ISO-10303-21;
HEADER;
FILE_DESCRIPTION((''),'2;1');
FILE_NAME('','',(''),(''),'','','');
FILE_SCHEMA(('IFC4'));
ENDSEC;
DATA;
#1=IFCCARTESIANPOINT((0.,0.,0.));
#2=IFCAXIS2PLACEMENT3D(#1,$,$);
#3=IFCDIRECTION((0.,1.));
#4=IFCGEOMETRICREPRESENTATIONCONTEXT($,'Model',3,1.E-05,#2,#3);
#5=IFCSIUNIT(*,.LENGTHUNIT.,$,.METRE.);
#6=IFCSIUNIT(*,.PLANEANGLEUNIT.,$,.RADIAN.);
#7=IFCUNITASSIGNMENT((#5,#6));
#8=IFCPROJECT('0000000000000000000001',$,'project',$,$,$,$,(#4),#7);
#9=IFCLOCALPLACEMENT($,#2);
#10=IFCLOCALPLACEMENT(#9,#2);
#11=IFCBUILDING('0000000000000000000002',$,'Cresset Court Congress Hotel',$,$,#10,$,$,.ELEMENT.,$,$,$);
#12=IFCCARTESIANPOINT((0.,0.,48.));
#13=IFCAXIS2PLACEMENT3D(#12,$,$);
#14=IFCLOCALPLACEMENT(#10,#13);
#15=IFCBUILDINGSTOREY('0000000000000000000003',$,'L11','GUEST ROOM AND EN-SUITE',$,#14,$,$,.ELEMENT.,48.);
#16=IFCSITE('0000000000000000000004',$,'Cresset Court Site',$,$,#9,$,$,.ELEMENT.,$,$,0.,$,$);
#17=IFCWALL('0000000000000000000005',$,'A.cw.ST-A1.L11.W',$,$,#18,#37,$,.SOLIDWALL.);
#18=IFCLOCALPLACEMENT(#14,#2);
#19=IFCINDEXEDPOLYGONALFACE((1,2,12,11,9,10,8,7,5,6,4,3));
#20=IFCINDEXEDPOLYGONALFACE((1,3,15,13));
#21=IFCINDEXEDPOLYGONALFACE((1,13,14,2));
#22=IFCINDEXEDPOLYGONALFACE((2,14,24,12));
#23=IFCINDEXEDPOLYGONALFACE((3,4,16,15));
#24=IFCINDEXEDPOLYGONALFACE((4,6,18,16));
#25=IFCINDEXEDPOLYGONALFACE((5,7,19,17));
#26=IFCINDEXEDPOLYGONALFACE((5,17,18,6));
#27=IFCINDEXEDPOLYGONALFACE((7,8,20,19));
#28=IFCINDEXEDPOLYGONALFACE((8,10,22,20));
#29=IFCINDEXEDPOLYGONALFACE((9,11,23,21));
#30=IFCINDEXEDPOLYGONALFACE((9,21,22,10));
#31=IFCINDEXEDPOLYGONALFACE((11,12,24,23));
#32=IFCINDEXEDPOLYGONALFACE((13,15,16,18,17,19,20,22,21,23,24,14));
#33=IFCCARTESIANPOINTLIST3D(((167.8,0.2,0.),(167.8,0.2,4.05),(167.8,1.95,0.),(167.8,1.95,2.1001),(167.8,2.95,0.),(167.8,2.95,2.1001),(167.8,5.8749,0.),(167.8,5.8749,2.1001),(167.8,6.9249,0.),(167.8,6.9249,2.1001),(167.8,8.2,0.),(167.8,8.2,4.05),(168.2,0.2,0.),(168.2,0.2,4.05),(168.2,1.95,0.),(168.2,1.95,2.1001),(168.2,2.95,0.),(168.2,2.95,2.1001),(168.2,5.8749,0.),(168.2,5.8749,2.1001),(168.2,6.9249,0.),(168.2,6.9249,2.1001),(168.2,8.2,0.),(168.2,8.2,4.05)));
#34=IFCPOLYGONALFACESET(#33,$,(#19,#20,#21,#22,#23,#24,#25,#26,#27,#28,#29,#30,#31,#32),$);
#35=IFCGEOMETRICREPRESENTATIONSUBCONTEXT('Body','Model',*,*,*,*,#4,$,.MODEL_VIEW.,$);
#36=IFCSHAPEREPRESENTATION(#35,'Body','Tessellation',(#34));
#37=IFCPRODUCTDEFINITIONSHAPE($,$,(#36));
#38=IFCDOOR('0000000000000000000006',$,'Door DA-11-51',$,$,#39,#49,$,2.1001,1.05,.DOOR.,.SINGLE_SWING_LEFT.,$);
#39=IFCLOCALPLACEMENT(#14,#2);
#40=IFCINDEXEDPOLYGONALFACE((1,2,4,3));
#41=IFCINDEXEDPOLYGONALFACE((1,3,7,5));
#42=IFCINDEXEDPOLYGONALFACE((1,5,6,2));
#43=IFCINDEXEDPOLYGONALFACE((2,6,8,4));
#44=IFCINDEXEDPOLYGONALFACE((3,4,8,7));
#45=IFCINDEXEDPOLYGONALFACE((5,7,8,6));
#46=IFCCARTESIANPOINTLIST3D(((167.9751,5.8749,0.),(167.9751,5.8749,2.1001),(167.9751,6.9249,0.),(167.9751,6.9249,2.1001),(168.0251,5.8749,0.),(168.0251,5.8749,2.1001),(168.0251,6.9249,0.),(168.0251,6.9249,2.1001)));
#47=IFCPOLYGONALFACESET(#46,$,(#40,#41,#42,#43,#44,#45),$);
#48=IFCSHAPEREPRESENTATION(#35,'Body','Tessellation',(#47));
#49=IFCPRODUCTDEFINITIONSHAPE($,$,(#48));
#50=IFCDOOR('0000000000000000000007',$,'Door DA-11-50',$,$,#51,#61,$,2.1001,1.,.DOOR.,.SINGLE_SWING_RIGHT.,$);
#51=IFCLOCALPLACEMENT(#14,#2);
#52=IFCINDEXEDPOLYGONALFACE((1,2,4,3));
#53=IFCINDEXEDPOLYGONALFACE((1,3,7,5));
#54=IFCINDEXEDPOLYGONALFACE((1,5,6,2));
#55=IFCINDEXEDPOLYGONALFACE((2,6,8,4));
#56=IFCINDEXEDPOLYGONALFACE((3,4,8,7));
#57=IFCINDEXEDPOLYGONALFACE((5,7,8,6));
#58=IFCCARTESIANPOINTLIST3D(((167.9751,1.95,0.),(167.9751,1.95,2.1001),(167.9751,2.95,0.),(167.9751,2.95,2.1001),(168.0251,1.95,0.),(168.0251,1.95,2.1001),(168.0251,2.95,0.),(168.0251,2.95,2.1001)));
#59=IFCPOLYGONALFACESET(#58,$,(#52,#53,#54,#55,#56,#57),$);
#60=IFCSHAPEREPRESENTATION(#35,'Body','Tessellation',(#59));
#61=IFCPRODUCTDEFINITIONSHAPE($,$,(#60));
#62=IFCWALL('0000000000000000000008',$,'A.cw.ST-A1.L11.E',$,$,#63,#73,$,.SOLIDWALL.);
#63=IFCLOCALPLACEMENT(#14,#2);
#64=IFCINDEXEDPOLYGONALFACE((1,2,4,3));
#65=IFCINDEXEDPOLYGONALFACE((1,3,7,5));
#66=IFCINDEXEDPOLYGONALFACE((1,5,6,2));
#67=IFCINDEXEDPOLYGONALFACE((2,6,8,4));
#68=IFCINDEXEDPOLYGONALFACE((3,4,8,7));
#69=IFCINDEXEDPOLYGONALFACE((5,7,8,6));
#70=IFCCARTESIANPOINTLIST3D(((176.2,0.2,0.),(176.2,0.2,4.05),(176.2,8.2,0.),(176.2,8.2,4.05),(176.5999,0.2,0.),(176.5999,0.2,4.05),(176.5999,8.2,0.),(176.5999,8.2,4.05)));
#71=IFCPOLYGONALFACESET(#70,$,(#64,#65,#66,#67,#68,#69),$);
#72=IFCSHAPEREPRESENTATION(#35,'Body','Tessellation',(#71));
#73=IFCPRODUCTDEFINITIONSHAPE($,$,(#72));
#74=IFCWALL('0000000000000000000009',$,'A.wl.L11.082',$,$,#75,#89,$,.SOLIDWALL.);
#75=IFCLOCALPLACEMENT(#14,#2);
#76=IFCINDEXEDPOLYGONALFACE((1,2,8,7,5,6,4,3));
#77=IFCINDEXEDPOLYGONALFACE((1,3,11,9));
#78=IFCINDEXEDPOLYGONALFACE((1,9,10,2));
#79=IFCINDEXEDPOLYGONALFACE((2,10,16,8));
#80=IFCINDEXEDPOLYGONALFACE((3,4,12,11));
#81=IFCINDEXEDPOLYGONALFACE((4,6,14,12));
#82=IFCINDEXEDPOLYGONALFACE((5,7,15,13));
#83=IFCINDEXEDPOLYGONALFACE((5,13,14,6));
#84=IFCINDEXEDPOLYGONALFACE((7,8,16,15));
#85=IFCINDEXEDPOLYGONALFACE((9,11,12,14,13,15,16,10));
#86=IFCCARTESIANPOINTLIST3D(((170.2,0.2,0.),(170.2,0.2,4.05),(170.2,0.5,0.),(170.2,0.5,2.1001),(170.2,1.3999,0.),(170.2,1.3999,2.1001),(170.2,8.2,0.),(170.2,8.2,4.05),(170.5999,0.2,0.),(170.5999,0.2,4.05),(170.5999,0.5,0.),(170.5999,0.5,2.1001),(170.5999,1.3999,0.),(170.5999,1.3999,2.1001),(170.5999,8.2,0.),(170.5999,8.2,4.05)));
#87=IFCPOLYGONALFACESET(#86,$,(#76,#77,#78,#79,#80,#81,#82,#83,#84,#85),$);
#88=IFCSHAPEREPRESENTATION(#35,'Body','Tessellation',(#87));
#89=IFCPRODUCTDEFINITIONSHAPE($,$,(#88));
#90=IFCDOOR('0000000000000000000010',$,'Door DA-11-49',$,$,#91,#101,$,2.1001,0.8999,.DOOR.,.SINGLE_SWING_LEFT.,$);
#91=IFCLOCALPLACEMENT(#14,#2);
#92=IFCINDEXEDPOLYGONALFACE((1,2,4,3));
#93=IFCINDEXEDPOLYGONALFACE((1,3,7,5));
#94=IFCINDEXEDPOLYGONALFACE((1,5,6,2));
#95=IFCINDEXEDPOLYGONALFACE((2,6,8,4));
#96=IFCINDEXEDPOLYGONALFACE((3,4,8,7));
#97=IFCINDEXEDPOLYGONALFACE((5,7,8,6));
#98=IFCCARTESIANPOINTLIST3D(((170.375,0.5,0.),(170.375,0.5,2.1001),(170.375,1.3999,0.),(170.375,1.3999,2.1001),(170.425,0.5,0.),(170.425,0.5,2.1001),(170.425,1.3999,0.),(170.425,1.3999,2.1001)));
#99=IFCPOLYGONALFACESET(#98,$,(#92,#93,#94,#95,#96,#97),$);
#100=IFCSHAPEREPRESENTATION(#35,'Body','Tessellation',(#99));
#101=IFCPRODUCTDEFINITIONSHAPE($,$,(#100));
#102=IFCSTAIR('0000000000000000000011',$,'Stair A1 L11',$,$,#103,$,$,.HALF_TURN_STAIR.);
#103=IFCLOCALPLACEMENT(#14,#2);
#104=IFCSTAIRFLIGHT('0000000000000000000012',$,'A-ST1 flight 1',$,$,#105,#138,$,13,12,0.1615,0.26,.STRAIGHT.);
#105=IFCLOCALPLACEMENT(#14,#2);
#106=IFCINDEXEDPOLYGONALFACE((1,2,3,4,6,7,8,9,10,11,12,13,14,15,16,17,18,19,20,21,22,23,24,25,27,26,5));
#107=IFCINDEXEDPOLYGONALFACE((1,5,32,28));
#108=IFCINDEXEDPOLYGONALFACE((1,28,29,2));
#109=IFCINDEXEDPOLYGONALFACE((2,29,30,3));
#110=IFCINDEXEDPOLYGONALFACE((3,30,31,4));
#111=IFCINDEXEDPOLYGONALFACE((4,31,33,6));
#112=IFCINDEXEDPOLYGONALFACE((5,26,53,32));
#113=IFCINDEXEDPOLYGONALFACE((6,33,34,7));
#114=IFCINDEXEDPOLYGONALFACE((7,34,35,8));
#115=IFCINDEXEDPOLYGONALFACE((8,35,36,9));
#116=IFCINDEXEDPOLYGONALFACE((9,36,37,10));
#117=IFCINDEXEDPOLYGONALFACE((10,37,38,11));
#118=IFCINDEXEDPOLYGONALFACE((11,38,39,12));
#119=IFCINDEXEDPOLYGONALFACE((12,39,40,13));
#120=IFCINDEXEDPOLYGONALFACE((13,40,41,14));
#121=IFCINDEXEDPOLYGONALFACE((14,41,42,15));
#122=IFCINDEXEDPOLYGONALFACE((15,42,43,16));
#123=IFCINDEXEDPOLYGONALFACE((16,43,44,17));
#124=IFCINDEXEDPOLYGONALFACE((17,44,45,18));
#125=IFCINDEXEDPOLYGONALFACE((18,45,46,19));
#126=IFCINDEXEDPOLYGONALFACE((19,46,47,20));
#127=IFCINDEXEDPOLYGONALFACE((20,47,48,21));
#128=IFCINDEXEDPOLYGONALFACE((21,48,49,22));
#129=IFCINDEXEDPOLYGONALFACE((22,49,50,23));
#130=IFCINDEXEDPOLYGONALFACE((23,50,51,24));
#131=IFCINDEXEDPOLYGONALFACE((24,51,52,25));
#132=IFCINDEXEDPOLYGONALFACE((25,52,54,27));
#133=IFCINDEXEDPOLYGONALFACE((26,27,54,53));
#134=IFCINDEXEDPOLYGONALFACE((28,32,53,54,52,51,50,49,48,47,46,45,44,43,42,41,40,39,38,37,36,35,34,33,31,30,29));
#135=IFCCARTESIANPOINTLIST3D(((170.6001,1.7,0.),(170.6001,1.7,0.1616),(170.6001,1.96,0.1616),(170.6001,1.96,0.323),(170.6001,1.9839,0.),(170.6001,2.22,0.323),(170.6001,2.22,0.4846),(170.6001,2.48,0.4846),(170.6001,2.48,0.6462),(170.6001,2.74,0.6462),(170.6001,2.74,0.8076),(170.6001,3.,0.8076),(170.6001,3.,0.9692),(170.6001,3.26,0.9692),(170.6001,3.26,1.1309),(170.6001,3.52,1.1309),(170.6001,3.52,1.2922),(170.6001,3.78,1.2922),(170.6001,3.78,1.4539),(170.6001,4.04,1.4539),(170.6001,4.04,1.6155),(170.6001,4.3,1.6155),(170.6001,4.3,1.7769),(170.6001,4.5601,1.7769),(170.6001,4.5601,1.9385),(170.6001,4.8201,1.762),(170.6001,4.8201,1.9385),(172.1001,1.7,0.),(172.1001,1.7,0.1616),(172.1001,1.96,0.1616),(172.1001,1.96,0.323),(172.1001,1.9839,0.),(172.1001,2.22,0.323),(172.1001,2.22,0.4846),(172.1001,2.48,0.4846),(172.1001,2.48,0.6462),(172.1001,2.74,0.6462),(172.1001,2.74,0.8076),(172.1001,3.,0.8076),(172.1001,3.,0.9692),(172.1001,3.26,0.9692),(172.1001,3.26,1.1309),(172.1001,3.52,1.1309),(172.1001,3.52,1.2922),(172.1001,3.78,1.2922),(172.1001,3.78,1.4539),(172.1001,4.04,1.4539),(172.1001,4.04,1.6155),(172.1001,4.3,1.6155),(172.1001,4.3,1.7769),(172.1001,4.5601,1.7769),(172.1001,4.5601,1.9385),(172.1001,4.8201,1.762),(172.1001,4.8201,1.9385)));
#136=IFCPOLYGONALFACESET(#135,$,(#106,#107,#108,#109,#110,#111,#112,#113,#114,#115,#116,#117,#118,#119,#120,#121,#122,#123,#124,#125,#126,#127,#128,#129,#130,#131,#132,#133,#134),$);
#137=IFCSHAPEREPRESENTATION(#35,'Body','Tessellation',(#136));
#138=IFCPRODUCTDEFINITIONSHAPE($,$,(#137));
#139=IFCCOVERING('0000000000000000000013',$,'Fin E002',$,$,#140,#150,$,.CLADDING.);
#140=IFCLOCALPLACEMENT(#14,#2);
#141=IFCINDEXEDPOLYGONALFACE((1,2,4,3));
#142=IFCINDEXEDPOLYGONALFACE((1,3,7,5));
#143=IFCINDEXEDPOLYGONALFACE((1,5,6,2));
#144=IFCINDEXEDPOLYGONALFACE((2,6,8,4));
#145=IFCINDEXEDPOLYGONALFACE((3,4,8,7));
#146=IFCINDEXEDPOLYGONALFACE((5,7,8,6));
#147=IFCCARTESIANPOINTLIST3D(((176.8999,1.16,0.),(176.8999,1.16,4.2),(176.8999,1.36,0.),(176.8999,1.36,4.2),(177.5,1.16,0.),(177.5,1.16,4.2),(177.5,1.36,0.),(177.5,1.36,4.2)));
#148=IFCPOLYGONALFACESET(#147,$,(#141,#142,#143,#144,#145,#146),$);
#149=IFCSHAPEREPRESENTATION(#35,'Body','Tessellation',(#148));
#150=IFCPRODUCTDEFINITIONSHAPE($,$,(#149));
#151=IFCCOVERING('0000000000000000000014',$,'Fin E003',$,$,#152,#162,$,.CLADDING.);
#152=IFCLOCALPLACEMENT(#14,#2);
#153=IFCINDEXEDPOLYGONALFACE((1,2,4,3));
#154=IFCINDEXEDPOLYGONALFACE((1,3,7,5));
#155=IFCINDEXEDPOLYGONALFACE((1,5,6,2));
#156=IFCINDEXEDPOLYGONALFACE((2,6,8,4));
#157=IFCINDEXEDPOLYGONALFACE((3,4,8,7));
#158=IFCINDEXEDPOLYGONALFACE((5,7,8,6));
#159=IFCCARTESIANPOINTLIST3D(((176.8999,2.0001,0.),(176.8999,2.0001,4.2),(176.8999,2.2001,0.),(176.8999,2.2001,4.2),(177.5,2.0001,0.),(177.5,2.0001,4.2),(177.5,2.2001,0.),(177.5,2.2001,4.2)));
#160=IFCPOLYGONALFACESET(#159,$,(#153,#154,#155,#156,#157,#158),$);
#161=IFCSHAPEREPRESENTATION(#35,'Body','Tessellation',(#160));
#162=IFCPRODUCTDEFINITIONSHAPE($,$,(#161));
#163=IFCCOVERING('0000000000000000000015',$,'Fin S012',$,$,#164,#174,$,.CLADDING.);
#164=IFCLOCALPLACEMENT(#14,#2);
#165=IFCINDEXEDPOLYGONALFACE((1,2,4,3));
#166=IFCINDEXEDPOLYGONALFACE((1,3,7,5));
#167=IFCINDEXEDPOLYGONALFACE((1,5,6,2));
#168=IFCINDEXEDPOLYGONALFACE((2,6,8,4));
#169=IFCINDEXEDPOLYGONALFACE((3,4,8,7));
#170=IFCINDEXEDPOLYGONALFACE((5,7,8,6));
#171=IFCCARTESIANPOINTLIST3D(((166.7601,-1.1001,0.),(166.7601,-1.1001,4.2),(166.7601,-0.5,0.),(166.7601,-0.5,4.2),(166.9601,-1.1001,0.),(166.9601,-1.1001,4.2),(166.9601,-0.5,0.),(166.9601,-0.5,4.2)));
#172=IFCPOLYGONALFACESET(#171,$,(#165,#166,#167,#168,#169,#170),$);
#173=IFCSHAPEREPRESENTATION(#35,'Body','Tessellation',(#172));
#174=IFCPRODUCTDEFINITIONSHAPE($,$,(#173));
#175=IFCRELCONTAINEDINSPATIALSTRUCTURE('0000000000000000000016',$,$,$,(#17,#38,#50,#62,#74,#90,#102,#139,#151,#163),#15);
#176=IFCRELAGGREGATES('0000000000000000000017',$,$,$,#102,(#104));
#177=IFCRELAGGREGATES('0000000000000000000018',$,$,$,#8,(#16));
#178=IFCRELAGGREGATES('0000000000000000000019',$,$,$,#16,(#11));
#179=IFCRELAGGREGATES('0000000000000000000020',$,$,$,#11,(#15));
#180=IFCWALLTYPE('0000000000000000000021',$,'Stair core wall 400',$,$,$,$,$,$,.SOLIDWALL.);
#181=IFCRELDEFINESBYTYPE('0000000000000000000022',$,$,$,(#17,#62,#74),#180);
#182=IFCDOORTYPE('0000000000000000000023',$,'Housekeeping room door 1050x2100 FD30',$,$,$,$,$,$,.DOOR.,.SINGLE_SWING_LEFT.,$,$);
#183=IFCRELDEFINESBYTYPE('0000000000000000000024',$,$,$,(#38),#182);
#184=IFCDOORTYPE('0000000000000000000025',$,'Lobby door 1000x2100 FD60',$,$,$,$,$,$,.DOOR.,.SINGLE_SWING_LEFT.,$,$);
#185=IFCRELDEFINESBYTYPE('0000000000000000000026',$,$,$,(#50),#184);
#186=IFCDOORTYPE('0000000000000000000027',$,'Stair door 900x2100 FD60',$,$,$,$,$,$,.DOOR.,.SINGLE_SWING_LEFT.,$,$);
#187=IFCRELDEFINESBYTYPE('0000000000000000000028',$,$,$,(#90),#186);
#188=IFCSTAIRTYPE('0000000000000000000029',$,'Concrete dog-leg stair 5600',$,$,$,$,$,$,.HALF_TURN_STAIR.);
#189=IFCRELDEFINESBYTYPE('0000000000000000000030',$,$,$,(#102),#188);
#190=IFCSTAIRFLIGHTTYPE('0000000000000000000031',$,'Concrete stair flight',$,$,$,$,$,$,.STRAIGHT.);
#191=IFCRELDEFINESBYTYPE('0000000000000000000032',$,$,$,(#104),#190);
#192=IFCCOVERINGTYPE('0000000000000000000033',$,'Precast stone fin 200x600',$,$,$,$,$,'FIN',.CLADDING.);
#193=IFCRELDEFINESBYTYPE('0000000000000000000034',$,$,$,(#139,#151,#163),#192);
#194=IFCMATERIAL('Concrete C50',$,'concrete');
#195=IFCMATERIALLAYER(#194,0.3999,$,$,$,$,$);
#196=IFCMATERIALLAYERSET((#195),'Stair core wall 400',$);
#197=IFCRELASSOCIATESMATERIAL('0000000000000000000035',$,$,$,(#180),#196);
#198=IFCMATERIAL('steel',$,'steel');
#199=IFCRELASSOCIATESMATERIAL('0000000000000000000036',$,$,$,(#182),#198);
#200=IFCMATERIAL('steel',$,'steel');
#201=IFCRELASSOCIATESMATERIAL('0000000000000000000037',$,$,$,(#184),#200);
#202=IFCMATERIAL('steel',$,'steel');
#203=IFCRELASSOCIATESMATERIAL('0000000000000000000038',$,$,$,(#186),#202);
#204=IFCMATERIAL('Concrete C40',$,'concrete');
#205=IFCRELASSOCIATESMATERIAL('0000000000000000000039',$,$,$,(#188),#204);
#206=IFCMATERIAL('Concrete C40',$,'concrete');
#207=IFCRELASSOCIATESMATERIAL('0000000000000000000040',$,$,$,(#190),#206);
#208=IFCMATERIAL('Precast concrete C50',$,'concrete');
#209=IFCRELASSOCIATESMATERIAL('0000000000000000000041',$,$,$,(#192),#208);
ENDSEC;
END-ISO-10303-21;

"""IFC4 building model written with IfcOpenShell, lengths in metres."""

from ifc_helpers import new_model, si_unit, direction, frame, frame_2d, origin, origin_2d, place, context, subcontext, project, spatial, polyline, rectangle, outline, extrude, material, layer, layer_set, type_object, element, fill, aggregate, save


model = new_model("IFC4")

# Units and contexts
model_context = context("Model", 3, precision=1e-05, world=origin(), true_north=direction((0.0, 1.0)))
body_context = subcontext(model_context, "Body", "Model", "MODEL_VIEW")
ifc_project = project(units=[si_unit("LENGTHUNIT", "METRE"), si_unit("PLANEANGLEUNIT", "RADIAN")], contexts=[model_context])

# Site, building, storey
site_placement = place(None, origin())
site = spatial("IfcSite", under=ifc_project, at=site_placement, Name="Cresset Court Site", CompositionType="ELEMENT", RefElevation=0.0)
building_placement = place(site_placement, origin())
building = spatial("IfcBuilding", under=site, at=building_placement, Name="Cresset Court Congress Hotel", CompositionType="ELEMENT")
storey_placement = place(building_placement, frame((0.0, 0.0, 48.0)))
storey = spatial("IfcBuildingStorey", under=building, at=storey_placement, Name="L11", Description="GUEST ROOM AND EN-SUITE", CompositionType="ELEMENT", Elevation=48.0)

# Shared definitions
ifc_material_1 = material(Name="Concrete C50", Category="concrete")
ifc_layer_1 = layer(ifc_material_1, 0.3999)
ifc_layer_set_1 = layer_set([ifc_layer_1], Name="Stair core wall 400")
wall_type_1 = type_object("IfcWallType", Name="Stair core wall 400", PredefinedType="SOLIDWALL", material=ifc_layer_set_1)

# Wall, openings, doors
wall_1_placement = place(storey_placement, frame((168.0, 0.2, 0.0), z_axis=(0.0, 0.0, 1.0), x_axis=(0.0, 1.0, 0.0)))
wall_1 = element("IfcWall", 1, at=wall_1_placement, inside=storey, type_object=wall_type_1, Name="A.cw.ST-A1.L11.W", PredefinedType="SOLIDWALL", context=body_context, shape_type="SweptSolid", body=[
    extrude(rectangle(XDim=8.0, YDim=0.3999, at=frame_2d((4.0, 0.0))), origin(), (0.0, 0.0, 1.0), 4.05),
])
opening_1_placement = place(wall_1_placement, frame((1.75, 0.0, 0.0)))
opening_1 = element("IfcOpeningElement", 2, at=opening_1_placement, cuts=wall_1, PredefinedType="OPENING", context=body_context, shape_type="SweptSolid", body=[
    extrude(rectangle(XDim=1.0, YDim=2.1001, at=frame_2d((0.5, 1.05))), frame((0.0, 0.21, 0.0), z_axis=(0.0, -1.0, 0.0), x_axis=(1.0, 0.0, 0.0)), (0.0, 0.0, 1.0), 0.4199),
])
opening_2_placement = place(wall_1_placement, frame((5.675, 0.0, 0.0)))
opening_2 = element("IfcOpeningElement", 3, at=opening_2_placement, cuts=wall_1, PredefinedType="OPENING", context=body_context, shape_type="SweptSolid", body=[
    extrude(rectangle(XDim=1.05, YDim=2.1001, at=frame_2d((0.5249, 1.05))), frame((0.0, 0.21, 0.0), z_axis=(0.0, -1.0, 0.0), x_axis=(1.0, 0.0, 0.0)), (0.0, 0.0, 1.0), 0.4199),
])
ifc_material_2 = material(Name="steel", Category="steel")
door_type_1 = type_object("IfcDoorType", Name="Housekeeping room door 1050x2100 FD30", OperationType="SINGLE_SWING_LEFT", PredefinedType="DOOR", material=ifc_material_2)
door_1_placement = place(opening_2_placement, origin())
door_1 = element("IfcDoor", 4, at=door_1_placement, inside=storey, type_object=door_type_1, Name="Door DA-11-51", OperationType="SINGLE_SWING_LEFT", OverallHeight=2.1001, OverallWidth=1.05, PredefinedType="DOOR", context=body_context, shape_type="SweptSolid", body=[
    extrude(rectangle(XDim=1.05, YDim=2.1001, at=frame_2d((0.5249, 1.05))), frame((0.0, 0.0249, 0.0), z_axis=(0.0, -1.0, 0.0), x_axis=(1.0, 0.0, 0.0)), (0.0, 0.0, 1.0), 0.05),
])
fill(opening_2, door_1)
ifc_material_3 = material(Name="steel", Category="steel")
door_type_2 = type_object("IfcDoorType", Name="Lobby door 1000x2100 FD60", OperationType="SINGLE_SWING_LEFT", PredefinedType="DOOR", material=ifc_material_3)
door_2_placement = place(opening_1_placement, origin())
door_2 = element("IfcDoor", 5, at=door_2_placement, inside=storey, type_object=door_type_2, Name="Door DA-11-50", OperationType="SINGLE_SWING_RIGHT", OverallHeight=2.1001, OverallWidth=1.0, PredefinedType="DOOR", context=body_context, shape_type="SweptSolid", body=[
    extrude(rectangle(XDim=1.0, YDim=2.1001, at=frame_2d((0.5, 1.05))), frame((0.0, 0.0249, 0.0), z_axis=(0.0, -1.0, 0.0), x_axis=(1.0, 0.0, 0.0)), (0.0, 0.0, 1.0), 0.05),
])
fill(opening_1, door_2)

# Wall
wall_2_placement = place(storey_placement, frame((176.3999, 0.2, 0.0), z_axis=(0.0, 0.0, 1.0), x_axis=(0.0, 1.0, 0.0)))
element("IfcWall", 6, at=wall_2_placement, inside=storey, type_object=wall_type_1, Name="A.cw.ST-A1.L11.E", PredefinedType="SOLIDWALL", context=body_context, shape_type="SweptSolid", body=[
    extrude(rectangle(XDim=8.0, YDim=0.3999, at=frame_2d((4.0, 0.0))), origin(), (0.0, 0.0, 1.0), 4.05),
])

# Wall, opening, door
wall_3_placement = place(storey_placement, frame((170.3999, 0.2, 0.0), z_axis=(0.0, 0.0, 1.0), x_axis=(0.0, 1.0, 0.0)))
wall_3 = element("IfcWall", 7, at=wall_3_placement, inside=storey, type_object=wall_type_1, Name="A.wl.L11.082", PredefinedType="SOLIDWALL", context=body_context, shape_type="SweptSolid", body=[
    extrude(rectangle(XDim=8.0, YDim=0.3999, at=frame_2d((4.0, 0.0))), origin(), (0.0, 0.0, 1.0), 4.05),
])
opening_3_placement = place(wall_3_placement, frame((0.3, 0.0, 0.0)))
opening_3 = element("IfcOpeningElement", 8, at=opening_3_placement, cuts=wall_3, PredefinedType="OPENING", context=body_context, shape_type="SweptSolid", body=[
    extrude(rectangle(XDim=0.8999, YDim=2.1001, at=frame_2d((0.45, 1.05))), frame((0.0, 0.21, 0.0), z_axis=(0.0, -1.0, 0.0), x_axis=(1.0, 0.0, 0.0)), (0.0, 0.0, 1.0), 0.4199),
])
ifc_material_4 = material(Name="steel", Category="steel")
door_type_3 = type_object("IfcDoorType", Name="Stair door 900x2100 FD60", OperationType="SINGLE_SWING_LEFT", PredefinedType="DOOR", material=ifc_material_4)
door_3_placement = place(opening_3_placement, origin())
door_3 = element("IfcDoor", 9, at=door_3_placement, inside=storey, type_object=door_type_3, Name="Door DA-11-49", OperationType="SINGLE_SWING_LEFT", OverallHeight=2.1001, OverallWidth=0.8999, PredefinedType="DOOR", context=body_context, shape_type="SweptSolid", body=[
    extrude(rectangle(XDim=0.8999, YDim=2.1001, at=frame_2d((0.45, 1.05))), frame((0.0, 0.0249, 0.0), z_axis=(0.0, -1.0, 0.0), x_axis=(1.0, 0.0, 0.0)), (0.0, 0.0, 1.0), 0.05),
])
fill(opening_3, door_3)

# Stair, stair flight
ifc_material_5 = material(Name="Concrete C40", Category="concrete")
stair_type = type_object("IfcStairType", Name="Concrete dog-leg stair 5600", PredefinedType="HALF_TURN_STAIR", material=ifc_material_5)
stair_placement = place(storey_placement, origin())
stair = element("IfcStair", 10, at=stair_placement, inside=storey, type_object=stair_type, Name="Stair A1 L11", PredefinedType="HALF_TURN_STAIR")
ifc_material_6 = material(Name="Concrete C40", Category="concrete")
stair_flight_type = type_object("IfcStairFlightType", Name="Concrete stair flight", PredefinedType="STRAIGHT", material=ifc_material_6)
stair_flight_placement = place(storey_placement, frame((171.3501, 1.7, 0.0), z_axis=(0.0, 0.0, 1.0), x_axis=(0.0, 1.0, 0.0)))
stair_flight = element("IfcStairFlight", 11, at=stair_flight_placement, type_object=stair_flight_type, Name="A-ST1 flight 1", NumberOfRisers=13, NumberOfTreads=12, PredefinedType="STRAIGHT", RiserHeight=0.1615, TreadLength=0.26, context=body_context, shape_type="SweptSolid", body=[
    extrude(outline(polyline([(0.0, 0.0), (0.0, 0.1616), (0.26, 0.1616), (0.26, 0.323), (0.52, 0.323), (0.52, 0.4846), (0.78, 0.4846), (0.78, 0.6462), (1.04, 0.6462), (1.04, 0.8076), (1.3, 0.8076), (1.3, 0.9692), (1.5601, 0.9692), (1.5601, 1.1309), (1.8201, 1.1309), (1.8201, 1.2922), (2.0801, 1.2922), (2.0801, 1.4539), (2.3401, 1.4539), (2.3401, 1.6155), (2.6001, 1.6155), (2.6001, 1.7769), (2.8601, 1.7769), (2.8601, 1.9385), (3.1201, 1.9385), (3.1201, 2.1001), (3.1201, 1.762), (0.2839, 0.0), (0.0, 0.0)])), frame((0.0, 0.75, 0.0), z_axis=(0.0, -1.0, 0.0), x_axis=(1.0, 0.0, 0.0)), (0.0, 0.0, 1.0), 1.5),
])
aggregate(stair, [stair_flight])

# Coverings
ifc_material_7 = material(Name="Precast concrete C50", Category="concrete")
covering_type_1 = type_object("IfcCoveringType", Name="Precast stone fin 200x600", ElementType="FIN", PredefinedType="CLADDING", material=ifc_material_7)
for number, where, z_axis, x_axis, name in (
    (12, (177.2, 1.26, 0.0), (0.0, 0.0, 1.0), (1.0, 0.0, 0.0), "Fin E002"),
    (13, (177.2, 2.1001, 0.0), (0.0, 0.0, 1.0), (1.0, 0.0, 0.0), "Fin E003"),
):
    element("IfcCovering", number, at=place(storey_placement, frame(where, z_axis=z_axis, x_axis=x_axis)), inside=storey, type_object=covering_type_1, Name=name, PredefinedType="CLADDING", context=body_context, shape_type="SweptSolid", body=[
        extrude(rectangle(XDim=0.6001, YDim=0.2, at=origin_2d()), origin(), (0.0, 0.0, 1.0), 4.2),
    ])
for number, where, z_axis, x_axis, name in (
    (14, (166.8601, -0.8, 0.0), (0.0, 0.0, 1.0), (1.0, 0.0, 0.0), "Fin S012"),
):
    element("IfcCovering", number, at=place(storey_placement, frame(where, z_axis=z_axis, x_axis=x_axis)), inside=storey, type_object=covering_type_1, Name=name, PredefinedType="CLADDING", context=body_context, shape_type="SweptSolid", body=[
        extrude(rectangle(XDim=0.2, YDim=0.6001, at=origin_2d()), origin(), (0.0, 0.0, 1.0), 4.2),
    ])

save(model, "model.ifc")
